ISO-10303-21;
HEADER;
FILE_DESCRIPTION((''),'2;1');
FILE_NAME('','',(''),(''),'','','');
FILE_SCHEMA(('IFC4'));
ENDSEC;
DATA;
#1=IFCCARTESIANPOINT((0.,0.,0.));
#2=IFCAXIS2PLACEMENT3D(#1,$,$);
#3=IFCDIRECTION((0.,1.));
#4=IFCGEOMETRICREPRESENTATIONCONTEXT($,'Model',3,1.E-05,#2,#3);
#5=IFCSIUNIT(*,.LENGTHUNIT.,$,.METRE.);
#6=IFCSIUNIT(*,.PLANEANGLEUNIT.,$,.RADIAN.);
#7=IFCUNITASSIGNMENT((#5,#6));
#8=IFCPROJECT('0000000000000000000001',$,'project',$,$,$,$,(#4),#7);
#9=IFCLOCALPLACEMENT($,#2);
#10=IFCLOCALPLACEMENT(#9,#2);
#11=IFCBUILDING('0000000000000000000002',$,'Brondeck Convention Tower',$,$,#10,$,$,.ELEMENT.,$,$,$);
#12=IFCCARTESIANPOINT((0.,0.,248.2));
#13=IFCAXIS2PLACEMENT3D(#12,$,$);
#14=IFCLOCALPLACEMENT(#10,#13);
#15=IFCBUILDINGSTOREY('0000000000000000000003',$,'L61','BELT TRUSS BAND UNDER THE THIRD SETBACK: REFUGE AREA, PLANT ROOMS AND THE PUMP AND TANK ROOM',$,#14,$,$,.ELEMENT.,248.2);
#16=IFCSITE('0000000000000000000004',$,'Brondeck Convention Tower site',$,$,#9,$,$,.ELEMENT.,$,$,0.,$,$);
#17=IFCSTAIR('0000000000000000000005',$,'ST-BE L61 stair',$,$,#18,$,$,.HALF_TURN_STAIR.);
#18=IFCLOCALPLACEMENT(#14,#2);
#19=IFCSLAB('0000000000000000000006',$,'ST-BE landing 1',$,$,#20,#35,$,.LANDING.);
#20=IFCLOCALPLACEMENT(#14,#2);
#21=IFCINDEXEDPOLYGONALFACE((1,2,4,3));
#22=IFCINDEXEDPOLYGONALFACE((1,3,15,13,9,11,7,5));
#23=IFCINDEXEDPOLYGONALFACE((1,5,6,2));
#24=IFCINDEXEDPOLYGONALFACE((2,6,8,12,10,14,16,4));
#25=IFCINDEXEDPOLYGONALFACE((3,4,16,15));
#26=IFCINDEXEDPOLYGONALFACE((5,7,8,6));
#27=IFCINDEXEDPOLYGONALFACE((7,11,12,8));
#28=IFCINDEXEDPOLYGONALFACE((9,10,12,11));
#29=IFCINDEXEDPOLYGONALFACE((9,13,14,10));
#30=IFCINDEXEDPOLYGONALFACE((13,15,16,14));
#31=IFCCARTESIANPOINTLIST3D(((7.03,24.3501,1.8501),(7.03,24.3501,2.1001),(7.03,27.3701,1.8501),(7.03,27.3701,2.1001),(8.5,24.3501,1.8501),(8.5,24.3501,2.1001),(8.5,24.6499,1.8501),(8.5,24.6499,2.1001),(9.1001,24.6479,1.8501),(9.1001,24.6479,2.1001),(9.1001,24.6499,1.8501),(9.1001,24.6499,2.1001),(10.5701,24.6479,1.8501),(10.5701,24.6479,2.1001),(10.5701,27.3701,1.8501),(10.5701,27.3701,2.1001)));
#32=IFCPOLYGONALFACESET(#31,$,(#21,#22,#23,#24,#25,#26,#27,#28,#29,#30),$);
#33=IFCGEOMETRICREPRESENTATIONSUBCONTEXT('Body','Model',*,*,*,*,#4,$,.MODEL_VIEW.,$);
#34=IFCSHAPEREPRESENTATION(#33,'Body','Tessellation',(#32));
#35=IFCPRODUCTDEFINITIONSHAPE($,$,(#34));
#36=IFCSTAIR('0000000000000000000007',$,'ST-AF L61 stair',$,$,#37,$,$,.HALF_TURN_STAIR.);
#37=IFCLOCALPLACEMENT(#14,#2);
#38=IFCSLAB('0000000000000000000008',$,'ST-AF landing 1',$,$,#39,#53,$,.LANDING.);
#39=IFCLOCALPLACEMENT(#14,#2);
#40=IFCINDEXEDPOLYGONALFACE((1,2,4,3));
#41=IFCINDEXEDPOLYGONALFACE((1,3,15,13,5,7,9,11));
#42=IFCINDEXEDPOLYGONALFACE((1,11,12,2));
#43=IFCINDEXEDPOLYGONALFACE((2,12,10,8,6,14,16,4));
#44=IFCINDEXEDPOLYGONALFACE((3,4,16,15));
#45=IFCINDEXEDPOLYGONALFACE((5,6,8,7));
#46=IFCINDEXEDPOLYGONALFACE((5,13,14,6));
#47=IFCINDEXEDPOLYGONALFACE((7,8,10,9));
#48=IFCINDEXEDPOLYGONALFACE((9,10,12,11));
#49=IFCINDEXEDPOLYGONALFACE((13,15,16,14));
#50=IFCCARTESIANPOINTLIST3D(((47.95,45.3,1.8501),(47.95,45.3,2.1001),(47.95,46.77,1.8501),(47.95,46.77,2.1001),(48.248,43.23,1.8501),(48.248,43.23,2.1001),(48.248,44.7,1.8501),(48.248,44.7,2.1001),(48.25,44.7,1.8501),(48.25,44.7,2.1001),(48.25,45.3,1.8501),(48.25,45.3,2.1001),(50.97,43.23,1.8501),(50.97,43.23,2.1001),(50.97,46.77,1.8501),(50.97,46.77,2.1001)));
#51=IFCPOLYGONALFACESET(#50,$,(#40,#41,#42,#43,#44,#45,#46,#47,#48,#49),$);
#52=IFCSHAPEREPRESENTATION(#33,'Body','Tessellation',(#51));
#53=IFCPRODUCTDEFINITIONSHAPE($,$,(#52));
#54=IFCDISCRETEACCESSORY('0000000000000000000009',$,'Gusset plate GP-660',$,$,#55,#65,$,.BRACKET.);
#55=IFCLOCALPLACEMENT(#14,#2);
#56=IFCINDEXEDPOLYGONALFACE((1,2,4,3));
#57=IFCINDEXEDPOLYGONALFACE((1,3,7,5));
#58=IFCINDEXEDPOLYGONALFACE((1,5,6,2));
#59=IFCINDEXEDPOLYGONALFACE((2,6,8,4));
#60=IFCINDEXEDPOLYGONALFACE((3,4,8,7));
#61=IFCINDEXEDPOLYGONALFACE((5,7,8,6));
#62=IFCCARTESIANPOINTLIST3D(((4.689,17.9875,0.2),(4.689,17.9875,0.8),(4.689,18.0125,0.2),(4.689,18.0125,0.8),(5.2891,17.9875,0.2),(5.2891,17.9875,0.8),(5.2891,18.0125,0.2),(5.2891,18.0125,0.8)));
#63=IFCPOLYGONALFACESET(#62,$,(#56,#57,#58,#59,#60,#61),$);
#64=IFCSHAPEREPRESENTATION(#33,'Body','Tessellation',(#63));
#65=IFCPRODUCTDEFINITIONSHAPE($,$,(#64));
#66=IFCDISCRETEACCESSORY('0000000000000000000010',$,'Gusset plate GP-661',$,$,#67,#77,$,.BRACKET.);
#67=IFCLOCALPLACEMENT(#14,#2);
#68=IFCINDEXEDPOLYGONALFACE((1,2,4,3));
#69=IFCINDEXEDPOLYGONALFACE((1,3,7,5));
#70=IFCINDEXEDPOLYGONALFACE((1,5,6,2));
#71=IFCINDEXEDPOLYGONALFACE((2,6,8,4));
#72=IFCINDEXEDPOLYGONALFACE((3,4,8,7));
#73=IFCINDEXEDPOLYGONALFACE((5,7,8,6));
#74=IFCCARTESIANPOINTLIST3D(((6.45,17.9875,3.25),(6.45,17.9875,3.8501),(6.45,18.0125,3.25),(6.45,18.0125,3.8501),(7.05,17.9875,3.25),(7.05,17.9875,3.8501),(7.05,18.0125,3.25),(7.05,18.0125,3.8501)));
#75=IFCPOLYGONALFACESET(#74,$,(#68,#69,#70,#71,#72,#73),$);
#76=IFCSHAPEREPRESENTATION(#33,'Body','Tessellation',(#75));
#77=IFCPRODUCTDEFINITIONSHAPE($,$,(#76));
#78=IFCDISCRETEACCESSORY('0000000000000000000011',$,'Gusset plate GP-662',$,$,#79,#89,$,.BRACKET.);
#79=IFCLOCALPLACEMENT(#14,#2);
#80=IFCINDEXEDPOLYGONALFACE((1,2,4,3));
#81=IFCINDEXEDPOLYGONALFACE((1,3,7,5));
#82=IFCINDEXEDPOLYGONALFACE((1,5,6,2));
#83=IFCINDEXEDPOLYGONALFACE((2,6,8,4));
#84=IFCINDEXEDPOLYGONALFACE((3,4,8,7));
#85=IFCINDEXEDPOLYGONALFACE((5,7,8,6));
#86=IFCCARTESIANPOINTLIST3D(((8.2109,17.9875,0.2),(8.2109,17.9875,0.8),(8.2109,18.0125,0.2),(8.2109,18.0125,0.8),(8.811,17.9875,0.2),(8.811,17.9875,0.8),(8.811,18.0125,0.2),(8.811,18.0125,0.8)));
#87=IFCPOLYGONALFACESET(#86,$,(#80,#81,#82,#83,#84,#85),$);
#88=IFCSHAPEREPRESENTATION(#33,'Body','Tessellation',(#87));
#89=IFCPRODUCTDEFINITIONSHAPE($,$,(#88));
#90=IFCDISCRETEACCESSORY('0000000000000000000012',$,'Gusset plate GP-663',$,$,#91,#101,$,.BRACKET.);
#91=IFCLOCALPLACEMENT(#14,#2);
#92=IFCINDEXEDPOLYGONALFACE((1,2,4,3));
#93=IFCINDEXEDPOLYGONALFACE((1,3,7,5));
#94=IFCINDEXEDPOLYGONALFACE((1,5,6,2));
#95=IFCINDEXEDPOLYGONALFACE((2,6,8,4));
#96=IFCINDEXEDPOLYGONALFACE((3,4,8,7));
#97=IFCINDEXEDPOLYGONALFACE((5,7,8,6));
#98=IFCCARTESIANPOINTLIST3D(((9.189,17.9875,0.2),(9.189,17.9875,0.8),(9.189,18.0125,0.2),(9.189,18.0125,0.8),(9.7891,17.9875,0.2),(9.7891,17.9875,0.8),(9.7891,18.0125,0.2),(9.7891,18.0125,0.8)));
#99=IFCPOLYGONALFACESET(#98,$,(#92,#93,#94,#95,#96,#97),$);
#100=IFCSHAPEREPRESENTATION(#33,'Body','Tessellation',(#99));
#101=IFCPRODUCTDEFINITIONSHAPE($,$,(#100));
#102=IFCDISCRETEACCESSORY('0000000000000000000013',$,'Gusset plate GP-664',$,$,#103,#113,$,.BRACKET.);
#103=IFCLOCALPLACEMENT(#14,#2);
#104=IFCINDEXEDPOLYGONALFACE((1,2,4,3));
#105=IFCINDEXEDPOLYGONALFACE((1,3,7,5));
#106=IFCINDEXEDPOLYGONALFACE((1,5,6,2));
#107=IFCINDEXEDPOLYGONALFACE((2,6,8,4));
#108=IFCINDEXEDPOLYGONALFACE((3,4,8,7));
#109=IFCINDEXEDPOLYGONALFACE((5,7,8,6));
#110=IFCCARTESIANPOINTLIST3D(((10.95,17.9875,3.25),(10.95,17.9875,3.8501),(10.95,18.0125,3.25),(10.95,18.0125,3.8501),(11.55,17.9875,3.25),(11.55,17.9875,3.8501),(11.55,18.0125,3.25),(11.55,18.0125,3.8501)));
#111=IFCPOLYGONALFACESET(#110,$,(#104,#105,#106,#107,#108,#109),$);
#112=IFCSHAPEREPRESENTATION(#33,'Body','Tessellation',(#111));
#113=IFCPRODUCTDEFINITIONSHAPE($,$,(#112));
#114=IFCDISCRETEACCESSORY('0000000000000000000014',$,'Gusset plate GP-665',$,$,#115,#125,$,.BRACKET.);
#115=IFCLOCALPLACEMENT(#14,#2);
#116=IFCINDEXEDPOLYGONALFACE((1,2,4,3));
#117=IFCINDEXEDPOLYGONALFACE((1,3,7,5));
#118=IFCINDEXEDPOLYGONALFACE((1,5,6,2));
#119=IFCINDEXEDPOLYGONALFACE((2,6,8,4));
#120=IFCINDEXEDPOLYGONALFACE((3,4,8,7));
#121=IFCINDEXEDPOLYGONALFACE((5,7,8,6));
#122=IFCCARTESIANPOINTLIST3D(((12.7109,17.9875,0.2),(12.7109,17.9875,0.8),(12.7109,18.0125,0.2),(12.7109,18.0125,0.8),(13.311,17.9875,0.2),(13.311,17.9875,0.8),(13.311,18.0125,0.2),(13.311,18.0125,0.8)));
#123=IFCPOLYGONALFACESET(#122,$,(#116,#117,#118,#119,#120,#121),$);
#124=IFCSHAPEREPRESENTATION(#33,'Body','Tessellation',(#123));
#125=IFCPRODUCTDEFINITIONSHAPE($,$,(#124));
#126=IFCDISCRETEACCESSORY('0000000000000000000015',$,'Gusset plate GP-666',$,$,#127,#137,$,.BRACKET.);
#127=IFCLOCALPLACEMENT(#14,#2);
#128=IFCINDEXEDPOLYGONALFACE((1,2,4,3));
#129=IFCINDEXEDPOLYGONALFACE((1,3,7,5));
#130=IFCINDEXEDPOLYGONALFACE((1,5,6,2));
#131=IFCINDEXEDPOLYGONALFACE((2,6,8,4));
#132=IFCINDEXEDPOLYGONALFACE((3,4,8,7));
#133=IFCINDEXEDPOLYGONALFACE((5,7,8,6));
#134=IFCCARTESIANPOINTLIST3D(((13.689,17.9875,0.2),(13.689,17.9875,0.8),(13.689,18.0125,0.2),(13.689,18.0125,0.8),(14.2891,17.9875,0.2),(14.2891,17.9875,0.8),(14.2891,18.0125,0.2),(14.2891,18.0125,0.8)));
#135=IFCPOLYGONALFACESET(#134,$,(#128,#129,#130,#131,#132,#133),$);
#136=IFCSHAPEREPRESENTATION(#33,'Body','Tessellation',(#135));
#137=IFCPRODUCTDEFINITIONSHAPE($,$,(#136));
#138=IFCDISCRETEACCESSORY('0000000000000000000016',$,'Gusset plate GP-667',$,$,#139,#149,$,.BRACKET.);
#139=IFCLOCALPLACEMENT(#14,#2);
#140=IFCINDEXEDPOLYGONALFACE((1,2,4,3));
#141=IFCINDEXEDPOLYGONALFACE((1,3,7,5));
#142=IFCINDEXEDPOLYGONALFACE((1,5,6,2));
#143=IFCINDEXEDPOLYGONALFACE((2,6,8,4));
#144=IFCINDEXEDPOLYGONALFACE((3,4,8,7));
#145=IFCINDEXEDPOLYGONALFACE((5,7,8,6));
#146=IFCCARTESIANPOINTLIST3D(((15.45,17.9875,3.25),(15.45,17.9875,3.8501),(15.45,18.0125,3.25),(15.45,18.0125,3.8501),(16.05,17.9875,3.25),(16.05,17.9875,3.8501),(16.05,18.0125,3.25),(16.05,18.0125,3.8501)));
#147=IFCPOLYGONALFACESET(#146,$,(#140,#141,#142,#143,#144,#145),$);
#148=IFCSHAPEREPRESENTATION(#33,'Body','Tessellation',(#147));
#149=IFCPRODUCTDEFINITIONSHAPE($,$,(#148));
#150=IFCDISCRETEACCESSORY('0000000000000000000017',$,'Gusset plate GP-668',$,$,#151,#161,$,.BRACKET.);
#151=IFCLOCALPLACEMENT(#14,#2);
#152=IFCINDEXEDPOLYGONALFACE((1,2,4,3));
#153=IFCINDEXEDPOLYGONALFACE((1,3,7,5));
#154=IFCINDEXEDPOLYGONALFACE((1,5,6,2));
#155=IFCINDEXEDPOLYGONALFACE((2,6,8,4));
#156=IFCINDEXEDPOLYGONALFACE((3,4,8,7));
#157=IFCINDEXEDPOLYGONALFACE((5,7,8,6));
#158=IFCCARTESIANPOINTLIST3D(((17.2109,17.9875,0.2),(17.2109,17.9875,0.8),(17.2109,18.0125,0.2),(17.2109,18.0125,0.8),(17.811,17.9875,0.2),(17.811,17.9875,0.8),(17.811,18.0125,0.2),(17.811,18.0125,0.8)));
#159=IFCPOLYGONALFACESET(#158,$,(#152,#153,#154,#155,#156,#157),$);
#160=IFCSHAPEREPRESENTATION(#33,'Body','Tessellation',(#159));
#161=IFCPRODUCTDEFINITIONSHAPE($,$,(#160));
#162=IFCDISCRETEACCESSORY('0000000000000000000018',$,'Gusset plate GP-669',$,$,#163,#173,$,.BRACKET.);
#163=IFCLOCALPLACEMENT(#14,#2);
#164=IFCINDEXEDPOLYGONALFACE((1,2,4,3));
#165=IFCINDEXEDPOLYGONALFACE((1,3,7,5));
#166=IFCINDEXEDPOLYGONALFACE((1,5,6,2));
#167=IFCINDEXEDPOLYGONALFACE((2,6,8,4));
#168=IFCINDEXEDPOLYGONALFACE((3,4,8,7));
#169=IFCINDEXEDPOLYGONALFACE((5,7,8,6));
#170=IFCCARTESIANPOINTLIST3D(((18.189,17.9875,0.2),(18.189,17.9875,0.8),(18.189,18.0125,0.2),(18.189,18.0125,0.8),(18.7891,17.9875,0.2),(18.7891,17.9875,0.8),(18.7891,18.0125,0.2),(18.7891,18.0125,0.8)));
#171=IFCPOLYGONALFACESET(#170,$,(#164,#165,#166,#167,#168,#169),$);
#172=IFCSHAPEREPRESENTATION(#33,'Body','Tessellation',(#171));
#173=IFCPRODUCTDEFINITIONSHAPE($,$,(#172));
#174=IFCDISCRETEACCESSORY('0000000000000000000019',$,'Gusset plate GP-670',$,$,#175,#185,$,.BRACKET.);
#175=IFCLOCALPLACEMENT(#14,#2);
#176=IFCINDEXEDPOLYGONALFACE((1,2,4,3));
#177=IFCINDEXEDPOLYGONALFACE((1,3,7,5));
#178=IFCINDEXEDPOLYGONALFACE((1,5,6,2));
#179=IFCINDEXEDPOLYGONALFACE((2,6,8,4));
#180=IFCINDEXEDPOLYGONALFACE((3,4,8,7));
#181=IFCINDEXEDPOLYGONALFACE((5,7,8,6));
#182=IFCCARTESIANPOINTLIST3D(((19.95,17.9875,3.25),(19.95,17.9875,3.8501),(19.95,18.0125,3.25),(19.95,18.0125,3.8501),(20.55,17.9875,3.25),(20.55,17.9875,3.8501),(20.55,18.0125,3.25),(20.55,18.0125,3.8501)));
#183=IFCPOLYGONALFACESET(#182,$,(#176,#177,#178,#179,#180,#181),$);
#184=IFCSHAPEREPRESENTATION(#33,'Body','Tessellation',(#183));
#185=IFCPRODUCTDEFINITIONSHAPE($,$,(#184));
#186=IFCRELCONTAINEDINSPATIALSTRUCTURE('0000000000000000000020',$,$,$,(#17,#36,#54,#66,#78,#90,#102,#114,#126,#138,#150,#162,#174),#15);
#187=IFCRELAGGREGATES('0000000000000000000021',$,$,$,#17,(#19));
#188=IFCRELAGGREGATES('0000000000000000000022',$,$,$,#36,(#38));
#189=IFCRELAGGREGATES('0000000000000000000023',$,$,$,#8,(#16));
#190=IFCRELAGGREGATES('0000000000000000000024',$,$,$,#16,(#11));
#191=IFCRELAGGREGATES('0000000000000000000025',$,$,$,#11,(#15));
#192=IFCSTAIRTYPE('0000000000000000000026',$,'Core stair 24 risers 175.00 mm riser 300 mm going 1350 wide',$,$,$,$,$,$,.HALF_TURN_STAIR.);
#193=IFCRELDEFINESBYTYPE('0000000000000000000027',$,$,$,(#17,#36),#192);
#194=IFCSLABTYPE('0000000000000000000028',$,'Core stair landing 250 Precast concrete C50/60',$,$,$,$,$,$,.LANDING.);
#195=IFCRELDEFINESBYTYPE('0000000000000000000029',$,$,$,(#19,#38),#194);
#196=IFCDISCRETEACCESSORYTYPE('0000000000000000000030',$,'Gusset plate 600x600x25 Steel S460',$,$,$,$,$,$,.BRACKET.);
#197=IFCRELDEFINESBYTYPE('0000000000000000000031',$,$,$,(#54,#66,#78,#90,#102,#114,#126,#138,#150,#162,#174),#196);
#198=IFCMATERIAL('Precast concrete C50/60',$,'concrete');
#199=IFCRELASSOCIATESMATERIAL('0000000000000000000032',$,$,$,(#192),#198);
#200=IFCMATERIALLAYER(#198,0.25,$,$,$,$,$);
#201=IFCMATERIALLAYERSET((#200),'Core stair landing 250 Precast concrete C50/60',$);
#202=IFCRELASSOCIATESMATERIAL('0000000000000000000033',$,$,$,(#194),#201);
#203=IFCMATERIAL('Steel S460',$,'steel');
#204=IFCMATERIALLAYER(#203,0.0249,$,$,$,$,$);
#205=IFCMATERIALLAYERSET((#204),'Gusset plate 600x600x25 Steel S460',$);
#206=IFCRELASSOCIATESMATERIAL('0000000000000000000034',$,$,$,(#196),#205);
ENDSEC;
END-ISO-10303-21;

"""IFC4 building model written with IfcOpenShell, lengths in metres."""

from ifc_helpers import new_model, si_unit, direction, frame, origin, origin_2d, place, context, subcontext, project, spatial, polyline, rectangle, outline, extrude, material, layer, layer_set, type_object, element, aggregate, save


model = new_model("IFC4")

# Units and contexts
model_context = context("Model", 3, precision=1e-05, world=origin(), true_north=direction((0.0, 1.0)))
body_context = subcontext(model_context, "Body", "Model", "MODEL_VIEW")
ifc_project = project(units=[si_unit("LENGTHUNIT", "METRE"), si_unit("PLANEANGLEUNIT", "RADIAN")], contexts=[model_context])

# Site, building, storey
site_placement = place(None, origin())
site = spatial("IfcSite", under=ifc_project, at=site_placement, Name="Brondeck Convention Tower site", CompositionType="ELEMENT", RefElevation=0.0)
building_placement = place(site_placement, origin())
building = spatial("IfcBuilding", under=site, at=building_placement, Name="Brondeck Convention Tower", CompositionType="ELEMENT")
storey_placement = place(building_placement, frame((0.0, 0.0, 248.2)))
storey = spatial("IfcBuildingStorey", under=building, at=storey_placement, Name="L61", Description="BELT TRUSS BAND UNDER THE THIRD SETBACK: REFUGE AREA, PLANT ROOMS AND THE PUMP AND TANK ROOM", CompositionType="ELEMENT", Elevation=248.2)

# Shared definitions
ifc_material_1 = material(Name="Steel S460", Category="steel")

# Stairs, slabs
ifc_material_2 = material(Name="Precast concrete C50/60", Category="concrete")
stair_type = type_object("IfcStairType", Name="Core stair 24 risers 175.00 mm riser 300 mm going 1350 wide", PredefinedType="HALF_TURN_STAIR", material=ifc_material_2)
ifc_layer_1 = layer(ifc_material_2, 0.25)
ifc_layer_set_1 = layer_set([ifc_layer_1], Name="Core stair landing 250 Precast concrete C50/60")
slab_type_1 = type_object("IfcSlabType", Name="Core stair landing 250 Precast concrete C50/60", PredefinedType="LANDING", material=ifc_layer_set_1)
stair_1_placement = place(storey_placement, origin())
stair_1 = element("IfcStair", 1, at=stair_1_placement, inside=storey, type_object=stair_type, Name="ST-BE L61 stair", PredefinedType="HALF_TURN_STAIR")
slab_1_placement = place(storey_placement, frame((0.0, 0.0, 1.8501)))
slab_1 = element("IfcSlab", 2, at=slab_1_placement, type_object=slab_type_1, Name="ST-BE landing 1", PredefinedType="LANDING", context=body_context, shape_type="SweptSolid", body=[
    extrude(outline(polyline([(7.03, 24.3501), (7.03, 27.3701), (10.5701, 27.3701), (10.5701, 24.6479), (9.1001, 24.6479), (9.1001, 24.6499), (8.5, 24.6499), (8.5, 24.3501), (7.03, 24.3501)])), origin(), (0.0, 0.0, 1.0), 0.25),
])
aggregate(stair_1, [slab_1])
stair_2_placement = place(storey_placement, origin())
stair_2 = element("IfcStair", 3, at=stair_2_placement, inside=storey, type_object=stair_type, Name="ST-AF L61 stair", PredefinedType="HALF_TURN_STAIR")
slab_2_placement = place(storey_placement, frame((0.0, 0.0, 1.8501)))
slab_2 = element("IfcSlab", 4, at=slab_2_placement, type_object=slab_type_1, Name="ST-AF landing 1", PredefinedType="LANDING", context=body_context, shape_type="SweptSolid", body=[
    extrude(outline(polyline([(48.248, 44.7), (48.25, 44.7), (48.25, 45.3), (47.95, 45.3), (47.95, 46.77), (50.97, 46.77), (50.97, 43.23), (48.248, 43.23), (48.248, 44.7)])), origin(), (0.0, 0.0, 1.0), 0.25),
])
aggregate(stair_2, [slab_2])

# Discrete accessories
ifc_layer_2 = layer(ifc_material_1, 0.0249)
ifc_layer_set_2 = layer_set([ifc_layer_2], Name="Gusset plate 600x600x25 Steel S460")
discrete_accessory_type = type_object("IfcDiscreteAccessoryType", Name="Gusset plate 600x600x25 Steel S460", PredefinedType="BRACKET", material=ifc_layer_set_2)
for number, where, z_axis, x_axis, name in (
    (5, (4.989, 18.0, 0.2), (0.0, 0.0, 1.0), (1.0, 0.0, 0.0), "Gusset plate GP-660"),
    (6, (6.75, 18.0, 3.25), (0.0, 0.0, 1.0), (1.0, 0.0, 0.0), "Gusset plate GP-661"),
    (7, (8.511, 18.0, 0.2), (0.0, 0.0, 1.0), (1.0, 0.0, 0.0), "Gusset plate GP-662"),
    (8, (9.489, 18.0, 0.2), (0.0, 0.0, 1.0), (1.0, 0.0, 0.0), "Gusset plate GP-663"),
    (9, (11.25, 18.0, 3.25), (0.0, 0.0, 1.0), (1.0, 0.0, 0.0), "Gusset plate GP-664"),
    (10, (13.011, 18.0, 0.2), (0.0, 0.0, 1.0), (1.0, 0.0, 0.0), "Gusset plate GP-665"),
    (11, (13.989, 18.0, 0.2), (0.0, 0.0, 1.0), (1.0, 0.0, 0.0), "Gusset plate GP-666"),
    (12, (15.75, 18.0, 3.25), (0.0, 0.0, 1.0), (1.0, 0.0, 0.0), "Gusset plate GP-667"),
    (13, (17.511, 18.0, 0.2), (0.0, 0.0, 1.0), (1.0, 0.0, 0.0), "Gusset plate GP-668"),
    (14, (18.489, 18.0, 0.2), (0.0, 0.0, 1.0), (1.0, 0.0, 0.0), "Gusset plate GP-669"),
    (15, (20.25, 18.0, 3.25), (0.0, 0.0, 1.0), (1.0, 0.0, 0.0), "Gusset plate GP-670"),
):
    element("IfcDiscreteAccessory", number, at=place(storey_placement, frame(where, z_axis=z_axis, x_axis=x_axis)), inside=storey, type_object=discrete_accessory_type, Name=name, PredefinedType="BRACKET", context=body_context, shape_type="SweptSolid", body=[
        extrude(rectangle(XDim=0.6001, YDim=0.0249, at=origin_2d()), origin(), (0.0, 0.0, 1.0), 0.6001),
    ])

save(model, "model.ifc")
